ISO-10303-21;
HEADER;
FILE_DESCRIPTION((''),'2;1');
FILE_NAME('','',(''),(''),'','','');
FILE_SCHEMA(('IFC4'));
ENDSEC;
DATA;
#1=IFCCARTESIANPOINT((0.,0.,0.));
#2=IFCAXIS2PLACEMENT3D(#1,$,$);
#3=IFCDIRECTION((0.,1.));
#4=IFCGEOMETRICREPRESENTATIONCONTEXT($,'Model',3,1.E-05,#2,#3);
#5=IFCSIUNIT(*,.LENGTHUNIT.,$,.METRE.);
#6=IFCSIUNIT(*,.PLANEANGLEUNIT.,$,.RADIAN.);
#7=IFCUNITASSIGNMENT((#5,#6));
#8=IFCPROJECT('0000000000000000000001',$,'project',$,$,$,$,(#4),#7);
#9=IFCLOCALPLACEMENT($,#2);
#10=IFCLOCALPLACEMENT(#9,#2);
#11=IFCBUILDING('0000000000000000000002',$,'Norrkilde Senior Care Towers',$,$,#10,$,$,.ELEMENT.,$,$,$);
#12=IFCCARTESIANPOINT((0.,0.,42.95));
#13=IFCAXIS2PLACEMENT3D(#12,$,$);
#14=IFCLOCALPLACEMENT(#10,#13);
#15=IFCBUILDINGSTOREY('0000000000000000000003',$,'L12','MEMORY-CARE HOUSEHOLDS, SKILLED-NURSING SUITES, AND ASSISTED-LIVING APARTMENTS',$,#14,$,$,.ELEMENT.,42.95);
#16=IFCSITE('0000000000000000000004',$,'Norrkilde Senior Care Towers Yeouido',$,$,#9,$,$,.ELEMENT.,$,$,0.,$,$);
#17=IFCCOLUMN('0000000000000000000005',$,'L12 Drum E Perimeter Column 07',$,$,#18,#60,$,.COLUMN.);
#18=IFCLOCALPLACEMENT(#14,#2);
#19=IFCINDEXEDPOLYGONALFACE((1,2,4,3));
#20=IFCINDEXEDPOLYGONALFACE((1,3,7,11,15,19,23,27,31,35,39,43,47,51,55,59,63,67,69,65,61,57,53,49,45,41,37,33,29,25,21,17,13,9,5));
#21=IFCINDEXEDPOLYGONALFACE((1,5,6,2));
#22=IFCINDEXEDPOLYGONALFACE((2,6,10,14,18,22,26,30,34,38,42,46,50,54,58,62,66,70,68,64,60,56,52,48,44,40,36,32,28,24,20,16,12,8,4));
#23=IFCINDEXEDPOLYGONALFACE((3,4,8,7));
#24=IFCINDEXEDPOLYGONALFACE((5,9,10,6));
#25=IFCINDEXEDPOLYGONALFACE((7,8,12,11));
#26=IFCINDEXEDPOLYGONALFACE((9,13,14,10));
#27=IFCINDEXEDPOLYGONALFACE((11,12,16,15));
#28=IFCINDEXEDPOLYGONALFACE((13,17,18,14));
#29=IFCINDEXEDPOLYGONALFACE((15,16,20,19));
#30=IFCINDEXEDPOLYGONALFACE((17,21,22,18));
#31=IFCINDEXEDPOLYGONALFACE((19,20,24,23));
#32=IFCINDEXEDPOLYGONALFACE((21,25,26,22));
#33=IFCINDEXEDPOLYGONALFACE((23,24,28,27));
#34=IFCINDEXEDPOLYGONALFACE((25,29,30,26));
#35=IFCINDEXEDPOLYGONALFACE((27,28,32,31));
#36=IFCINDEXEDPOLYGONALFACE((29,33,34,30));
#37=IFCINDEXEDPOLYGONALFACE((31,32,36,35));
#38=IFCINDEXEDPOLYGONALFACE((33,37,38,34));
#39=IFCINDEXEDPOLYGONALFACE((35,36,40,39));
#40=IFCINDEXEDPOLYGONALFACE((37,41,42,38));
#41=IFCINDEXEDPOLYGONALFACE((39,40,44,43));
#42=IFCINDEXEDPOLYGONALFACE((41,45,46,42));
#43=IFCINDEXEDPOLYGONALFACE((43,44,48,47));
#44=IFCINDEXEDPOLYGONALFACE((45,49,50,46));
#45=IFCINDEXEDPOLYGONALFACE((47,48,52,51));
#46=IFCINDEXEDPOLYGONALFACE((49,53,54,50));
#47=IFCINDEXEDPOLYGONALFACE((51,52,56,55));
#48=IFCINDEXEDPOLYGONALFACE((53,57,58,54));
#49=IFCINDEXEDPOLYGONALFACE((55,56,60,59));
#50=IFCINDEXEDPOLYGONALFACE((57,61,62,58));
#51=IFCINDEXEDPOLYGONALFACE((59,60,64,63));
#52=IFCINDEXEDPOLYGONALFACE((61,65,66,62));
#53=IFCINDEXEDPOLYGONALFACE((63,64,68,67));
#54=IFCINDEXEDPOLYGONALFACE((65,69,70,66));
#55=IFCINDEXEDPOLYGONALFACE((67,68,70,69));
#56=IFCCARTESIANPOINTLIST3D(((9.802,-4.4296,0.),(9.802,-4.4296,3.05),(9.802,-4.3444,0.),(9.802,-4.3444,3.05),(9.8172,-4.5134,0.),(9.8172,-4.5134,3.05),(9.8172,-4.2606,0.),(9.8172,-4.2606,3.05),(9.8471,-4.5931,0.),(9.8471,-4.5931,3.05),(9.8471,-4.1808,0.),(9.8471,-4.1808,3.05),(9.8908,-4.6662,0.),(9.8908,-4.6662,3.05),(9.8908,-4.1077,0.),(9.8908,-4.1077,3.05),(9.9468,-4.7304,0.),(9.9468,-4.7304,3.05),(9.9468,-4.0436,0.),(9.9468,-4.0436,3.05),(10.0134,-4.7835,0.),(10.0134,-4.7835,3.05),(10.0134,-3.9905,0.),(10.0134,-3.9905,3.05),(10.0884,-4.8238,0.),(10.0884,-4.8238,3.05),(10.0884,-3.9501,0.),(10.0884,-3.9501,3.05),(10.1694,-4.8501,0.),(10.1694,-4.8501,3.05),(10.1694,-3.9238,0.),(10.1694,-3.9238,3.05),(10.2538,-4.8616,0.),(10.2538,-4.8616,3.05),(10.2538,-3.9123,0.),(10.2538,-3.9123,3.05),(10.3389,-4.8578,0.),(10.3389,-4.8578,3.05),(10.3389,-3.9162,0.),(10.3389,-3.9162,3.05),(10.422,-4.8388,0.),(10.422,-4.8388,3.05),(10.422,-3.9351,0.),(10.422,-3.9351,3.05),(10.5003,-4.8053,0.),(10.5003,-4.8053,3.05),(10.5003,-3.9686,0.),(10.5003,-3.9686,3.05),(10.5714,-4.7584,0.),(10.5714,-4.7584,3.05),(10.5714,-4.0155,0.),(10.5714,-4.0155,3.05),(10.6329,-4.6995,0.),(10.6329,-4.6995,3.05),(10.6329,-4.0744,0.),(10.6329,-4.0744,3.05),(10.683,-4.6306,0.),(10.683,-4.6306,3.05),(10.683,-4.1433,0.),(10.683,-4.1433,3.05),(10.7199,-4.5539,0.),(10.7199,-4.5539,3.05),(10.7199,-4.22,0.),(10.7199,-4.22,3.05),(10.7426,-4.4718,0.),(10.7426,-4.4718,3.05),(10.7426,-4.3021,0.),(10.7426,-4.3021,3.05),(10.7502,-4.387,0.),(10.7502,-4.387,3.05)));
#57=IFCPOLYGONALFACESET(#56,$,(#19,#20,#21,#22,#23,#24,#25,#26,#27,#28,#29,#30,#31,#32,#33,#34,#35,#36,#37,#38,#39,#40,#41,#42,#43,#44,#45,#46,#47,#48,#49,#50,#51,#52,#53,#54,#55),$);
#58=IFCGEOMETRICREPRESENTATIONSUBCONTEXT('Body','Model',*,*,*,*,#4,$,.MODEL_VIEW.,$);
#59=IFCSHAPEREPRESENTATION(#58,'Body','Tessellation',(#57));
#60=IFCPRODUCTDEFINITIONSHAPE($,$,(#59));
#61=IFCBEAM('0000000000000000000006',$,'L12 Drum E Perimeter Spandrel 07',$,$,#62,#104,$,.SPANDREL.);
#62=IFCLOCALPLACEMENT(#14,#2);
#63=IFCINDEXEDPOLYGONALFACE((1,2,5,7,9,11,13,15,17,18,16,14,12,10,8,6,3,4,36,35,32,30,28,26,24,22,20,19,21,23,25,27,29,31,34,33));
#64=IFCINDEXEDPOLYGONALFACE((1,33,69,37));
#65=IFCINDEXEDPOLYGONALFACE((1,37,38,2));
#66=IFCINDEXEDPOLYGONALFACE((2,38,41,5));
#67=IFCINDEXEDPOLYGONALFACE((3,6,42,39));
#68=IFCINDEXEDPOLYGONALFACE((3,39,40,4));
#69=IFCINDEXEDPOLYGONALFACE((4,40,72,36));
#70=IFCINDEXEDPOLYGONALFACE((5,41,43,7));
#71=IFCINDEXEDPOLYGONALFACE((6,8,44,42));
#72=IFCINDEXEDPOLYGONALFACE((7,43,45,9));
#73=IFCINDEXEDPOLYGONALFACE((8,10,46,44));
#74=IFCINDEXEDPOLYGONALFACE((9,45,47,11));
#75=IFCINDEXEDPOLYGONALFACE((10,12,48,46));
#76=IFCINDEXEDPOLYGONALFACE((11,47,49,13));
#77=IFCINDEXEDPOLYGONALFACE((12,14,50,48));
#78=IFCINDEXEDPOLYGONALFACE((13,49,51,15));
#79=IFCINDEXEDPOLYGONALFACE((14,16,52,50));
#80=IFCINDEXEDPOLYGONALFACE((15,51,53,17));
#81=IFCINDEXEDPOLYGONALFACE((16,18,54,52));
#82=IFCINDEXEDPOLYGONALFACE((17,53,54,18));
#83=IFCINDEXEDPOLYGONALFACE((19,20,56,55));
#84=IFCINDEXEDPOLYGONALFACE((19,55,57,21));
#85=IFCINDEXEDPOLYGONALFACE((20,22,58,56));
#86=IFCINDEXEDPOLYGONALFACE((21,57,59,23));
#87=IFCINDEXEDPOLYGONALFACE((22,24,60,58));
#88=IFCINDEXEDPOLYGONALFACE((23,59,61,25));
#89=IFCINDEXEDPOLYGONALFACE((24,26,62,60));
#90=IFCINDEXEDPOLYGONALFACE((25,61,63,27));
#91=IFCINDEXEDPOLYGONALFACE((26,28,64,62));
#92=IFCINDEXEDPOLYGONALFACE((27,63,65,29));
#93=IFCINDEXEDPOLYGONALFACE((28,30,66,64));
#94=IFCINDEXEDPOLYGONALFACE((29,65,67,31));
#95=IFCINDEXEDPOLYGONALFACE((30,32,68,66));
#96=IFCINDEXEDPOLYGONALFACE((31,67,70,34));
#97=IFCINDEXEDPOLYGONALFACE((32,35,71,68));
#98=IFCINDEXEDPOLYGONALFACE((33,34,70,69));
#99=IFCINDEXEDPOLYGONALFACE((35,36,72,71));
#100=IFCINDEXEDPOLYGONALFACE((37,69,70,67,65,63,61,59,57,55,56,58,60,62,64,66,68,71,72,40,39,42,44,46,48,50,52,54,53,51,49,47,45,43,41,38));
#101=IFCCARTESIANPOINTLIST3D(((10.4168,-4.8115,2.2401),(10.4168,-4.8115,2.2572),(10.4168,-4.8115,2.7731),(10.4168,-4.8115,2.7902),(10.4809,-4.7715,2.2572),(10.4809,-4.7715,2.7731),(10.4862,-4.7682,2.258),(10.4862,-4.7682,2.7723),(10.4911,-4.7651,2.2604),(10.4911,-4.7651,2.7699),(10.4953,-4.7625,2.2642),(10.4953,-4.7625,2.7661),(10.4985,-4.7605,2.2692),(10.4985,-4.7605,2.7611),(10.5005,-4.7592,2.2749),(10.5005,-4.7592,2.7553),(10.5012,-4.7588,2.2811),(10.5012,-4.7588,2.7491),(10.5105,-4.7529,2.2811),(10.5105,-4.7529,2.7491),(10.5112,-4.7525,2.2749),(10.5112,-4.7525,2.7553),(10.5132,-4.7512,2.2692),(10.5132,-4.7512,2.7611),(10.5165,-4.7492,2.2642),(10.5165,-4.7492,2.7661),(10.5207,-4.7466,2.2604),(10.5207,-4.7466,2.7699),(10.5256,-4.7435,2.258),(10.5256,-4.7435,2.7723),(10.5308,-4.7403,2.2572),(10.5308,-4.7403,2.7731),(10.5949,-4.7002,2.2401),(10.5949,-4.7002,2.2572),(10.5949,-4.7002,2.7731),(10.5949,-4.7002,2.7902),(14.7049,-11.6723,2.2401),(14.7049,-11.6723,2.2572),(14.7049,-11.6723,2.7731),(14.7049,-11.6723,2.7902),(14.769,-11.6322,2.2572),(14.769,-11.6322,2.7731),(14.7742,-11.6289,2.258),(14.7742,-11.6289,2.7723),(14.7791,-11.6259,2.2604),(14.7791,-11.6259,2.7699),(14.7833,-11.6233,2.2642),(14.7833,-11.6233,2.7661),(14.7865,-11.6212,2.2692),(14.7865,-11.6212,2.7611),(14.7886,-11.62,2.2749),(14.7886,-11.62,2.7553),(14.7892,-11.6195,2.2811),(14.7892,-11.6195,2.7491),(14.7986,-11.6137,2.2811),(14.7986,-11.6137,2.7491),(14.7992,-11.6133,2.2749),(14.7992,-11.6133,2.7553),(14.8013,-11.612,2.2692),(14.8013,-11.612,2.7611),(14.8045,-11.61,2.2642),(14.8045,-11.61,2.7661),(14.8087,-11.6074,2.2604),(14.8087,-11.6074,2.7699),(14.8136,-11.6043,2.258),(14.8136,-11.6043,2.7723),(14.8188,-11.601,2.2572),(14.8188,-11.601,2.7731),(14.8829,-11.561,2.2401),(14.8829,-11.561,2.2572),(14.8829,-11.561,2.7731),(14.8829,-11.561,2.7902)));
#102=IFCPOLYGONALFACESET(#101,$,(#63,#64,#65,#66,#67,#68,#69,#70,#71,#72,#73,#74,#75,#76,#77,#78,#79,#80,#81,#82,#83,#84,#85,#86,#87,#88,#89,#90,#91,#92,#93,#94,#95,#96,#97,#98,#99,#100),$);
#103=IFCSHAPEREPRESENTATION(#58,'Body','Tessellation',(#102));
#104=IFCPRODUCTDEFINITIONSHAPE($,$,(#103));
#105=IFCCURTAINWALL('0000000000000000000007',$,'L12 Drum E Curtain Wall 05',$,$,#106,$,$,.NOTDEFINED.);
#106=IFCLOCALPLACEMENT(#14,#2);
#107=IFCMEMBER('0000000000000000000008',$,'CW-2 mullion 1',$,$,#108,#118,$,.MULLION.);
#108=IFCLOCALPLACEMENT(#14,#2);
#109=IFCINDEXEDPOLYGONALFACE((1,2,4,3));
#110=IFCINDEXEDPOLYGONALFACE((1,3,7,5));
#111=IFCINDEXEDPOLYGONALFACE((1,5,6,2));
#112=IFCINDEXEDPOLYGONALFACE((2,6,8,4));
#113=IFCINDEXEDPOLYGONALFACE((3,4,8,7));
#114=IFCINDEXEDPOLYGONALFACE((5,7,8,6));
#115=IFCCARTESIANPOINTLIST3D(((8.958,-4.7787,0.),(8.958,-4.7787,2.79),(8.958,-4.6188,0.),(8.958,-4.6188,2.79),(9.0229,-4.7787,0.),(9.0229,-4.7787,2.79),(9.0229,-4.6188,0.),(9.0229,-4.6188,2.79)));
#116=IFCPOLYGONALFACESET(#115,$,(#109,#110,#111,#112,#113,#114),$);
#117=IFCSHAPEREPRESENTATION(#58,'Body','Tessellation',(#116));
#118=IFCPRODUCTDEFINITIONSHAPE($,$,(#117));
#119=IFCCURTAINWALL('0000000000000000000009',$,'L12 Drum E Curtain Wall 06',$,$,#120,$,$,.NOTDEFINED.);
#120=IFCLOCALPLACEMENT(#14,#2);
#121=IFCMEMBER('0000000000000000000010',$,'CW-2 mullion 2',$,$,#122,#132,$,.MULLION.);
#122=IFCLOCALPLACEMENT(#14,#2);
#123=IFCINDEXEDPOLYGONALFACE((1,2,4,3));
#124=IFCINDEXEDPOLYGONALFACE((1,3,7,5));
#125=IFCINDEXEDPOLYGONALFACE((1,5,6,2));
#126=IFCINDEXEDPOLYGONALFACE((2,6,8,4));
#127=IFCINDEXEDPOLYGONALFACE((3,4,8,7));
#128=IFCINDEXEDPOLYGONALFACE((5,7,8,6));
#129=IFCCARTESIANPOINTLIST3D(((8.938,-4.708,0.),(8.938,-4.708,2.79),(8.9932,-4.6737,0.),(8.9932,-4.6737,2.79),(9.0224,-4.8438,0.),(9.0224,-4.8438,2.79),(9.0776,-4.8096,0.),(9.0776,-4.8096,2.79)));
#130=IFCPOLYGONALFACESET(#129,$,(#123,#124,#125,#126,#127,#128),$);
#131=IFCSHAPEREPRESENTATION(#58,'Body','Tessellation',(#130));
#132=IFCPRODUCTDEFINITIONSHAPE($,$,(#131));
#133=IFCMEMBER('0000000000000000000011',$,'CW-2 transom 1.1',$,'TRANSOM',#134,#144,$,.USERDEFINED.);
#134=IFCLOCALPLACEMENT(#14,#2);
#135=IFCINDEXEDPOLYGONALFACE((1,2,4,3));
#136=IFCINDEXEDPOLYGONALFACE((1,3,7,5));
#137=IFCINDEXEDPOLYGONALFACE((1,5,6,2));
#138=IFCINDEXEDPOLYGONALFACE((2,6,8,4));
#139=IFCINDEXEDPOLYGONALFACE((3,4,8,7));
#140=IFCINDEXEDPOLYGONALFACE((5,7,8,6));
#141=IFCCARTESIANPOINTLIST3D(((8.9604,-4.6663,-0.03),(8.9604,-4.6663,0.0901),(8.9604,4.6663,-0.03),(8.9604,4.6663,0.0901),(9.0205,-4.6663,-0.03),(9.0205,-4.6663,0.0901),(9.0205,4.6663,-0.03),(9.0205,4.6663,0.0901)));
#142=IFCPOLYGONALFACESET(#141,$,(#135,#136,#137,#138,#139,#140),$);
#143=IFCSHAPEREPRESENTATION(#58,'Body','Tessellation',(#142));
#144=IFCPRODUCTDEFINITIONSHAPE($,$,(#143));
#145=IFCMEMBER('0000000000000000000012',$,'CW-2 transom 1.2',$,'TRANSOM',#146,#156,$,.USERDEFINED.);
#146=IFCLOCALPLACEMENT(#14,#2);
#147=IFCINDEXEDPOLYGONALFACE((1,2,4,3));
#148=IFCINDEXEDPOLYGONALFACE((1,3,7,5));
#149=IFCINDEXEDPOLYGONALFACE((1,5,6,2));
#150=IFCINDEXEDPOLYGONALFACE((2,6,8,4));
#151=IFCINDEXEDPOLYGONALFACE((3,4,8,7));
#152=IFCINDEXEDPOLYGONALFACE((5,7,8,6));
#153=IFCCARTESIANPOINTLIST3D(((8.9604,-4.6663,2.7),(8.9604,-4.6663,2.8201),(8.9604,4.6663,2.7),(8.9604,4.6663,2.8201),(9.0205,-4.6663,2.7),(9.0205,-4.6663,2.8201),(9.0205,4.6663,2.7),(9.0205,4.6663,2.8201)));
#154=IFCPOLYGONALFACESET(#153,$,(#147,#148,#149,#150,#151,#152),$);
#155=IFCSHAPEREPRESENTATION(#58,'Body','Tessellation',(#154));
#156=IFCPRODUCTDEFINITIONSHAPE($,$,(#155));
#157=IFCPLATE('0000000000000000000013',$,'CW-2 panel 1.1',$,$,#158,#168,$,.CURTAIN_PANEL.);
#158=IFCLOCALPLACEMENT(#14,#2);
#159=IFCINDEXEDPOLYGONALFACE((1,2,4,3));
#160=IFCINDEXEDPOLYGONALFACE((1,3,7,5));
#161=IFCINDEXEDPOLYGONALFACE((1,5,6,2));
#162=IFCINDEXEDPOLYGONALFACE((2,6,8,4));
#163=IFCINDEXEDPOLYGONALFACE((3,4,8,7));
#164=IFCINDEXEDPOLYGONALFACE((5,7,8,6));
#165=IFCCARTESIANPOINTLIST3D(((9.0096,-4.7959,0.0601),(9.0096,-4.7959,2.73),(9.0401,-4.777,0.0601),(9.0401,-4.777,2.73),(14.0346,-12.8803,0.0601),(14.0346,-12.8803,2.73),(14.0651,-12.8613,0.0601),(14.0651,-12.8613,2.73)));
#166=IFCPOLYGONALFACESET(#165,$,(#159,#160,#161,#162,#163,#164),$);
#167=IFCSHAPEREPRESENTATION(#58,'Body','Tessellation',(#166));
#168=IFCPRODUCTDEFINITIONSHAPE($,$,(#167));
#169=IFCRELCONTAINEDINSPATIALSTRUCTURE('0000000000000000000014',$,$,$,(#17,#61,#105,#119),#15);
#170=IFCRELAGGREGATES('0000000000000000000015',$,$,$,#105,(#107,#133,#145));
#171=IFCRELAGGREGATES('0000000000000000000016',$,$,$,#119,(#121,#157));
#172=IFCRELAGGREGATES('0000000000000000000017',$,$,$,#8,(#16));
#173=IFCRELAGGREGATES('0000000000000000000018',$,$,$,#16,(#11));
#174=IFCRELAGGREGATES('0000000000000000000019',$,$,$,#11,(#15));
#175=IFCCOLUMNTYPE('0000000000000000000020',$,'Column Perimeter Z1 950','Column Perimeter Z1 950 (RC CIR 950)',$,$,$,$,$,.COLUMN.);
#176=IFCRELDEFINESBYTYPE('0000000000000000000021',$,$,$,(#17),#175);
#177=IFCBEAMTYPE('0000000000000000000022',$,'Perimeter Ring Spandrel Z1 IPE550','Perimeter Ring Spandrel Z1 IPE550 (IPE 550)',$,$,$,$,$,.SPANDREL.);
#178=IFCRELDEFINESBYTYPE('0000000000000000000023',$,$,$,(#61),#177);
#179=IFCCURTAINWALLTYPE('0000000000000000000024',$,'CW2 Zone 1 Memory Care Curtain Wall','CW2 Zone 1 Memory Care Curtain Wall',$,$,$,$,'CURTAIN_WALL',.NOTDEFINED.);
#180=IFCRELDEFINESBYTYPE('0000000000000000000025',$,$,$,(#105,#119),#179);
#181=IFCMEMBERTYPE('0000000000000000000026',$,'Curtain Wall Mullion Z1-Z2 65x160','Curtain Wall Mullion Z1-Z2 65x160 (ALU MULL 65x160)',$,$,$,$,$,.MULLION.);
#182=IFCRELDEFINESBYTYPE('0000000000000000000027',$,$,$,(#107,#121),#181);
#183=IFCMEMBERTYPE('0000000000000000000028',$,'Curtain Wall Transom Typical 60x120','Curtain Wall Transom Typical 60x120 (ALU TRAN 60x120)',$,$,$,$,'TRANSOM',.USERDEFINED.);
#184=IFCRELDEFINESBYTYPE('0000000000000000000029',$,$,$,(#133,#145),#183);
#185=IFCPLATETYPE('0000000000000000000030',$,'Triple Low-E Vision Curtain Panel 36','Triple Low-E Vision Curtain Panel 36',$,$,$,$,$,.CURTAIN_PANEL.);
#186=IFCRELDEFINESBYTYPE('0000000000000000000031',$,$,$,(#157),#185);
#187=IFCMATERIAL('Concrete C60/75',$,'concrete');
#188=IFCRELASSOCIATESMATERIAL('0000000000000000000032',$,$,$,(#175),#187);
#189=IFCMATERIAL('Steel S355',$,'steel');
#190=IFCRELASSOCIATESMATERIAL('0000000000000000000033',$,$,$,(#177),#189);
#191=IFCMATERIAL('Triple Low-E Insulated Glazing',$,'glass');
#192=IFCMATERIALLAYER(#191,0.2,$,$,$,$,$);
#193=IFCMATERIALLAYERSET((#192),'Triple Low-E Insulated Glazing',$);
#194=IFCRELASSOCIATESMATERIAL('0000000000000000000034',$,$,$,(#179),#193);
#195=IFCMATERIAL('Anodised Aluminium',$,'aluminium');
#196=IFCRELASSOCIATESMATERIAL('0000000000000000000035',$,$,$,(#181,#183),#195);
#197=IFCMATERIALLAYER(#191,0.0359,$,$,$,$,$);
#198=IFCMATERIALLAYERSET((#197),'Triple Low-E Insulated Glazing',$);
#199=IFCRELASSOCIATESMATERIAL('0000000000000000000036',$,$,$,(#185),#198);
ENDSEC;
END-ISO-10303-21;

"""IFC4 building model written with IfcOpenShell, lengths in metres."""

from ifc_helpers import new_model, si_unit, direction, frame, origin, origin_2d, place, context, subcontext, project, spatial, rectangle, circle, i_section, extrude, source, transform, mapped, material, layer, layer_set, material_profile, profile_set, type_object, type_shapes, element, aggregate, save


model = new_model("IFC4")

# Units and contexts
model_context = context("Model", 3, precision=1e-05, world=origin(), true_north=direction((0.0, 1.0)))
body_context = subcontext(model_context, "Body", "Model", "MODEL_VIEW")
ifc_project = project(units=[si_unit("LENGTHUNIT", "METRE"), si_unit("PLANEANGLEUNIT", "RADIAN")], contexts=[model_context])

# Site, building, storey
site_placement = place(None, origin())
site = spatial("IfcSite", under=ifc_project, at=site_placement, Name="Norrkilde Senior Care Towers Yeouido", CompositionType="ELEMENT", RefElevation=0.0)
building_placement = place(site_placement, origin())
building = spatial("IfcBuilding", under=site, at=building_placement, Name="Norrkilde Senior Care Towers", CompositionType="ELEMENT")
storey_placement = place(building_placement, frame((0.0, 0.0, 42.95)))
storey = spatial("IfcBuildingStorey", under=building, at=storey_placement, Name="L12", Description="MEMORY-CARE HOUSEHOLDS, SKILLED-NURSING SUITES, AND ASSISTED-LIVING APARTMENTS", CompositionType="ELEMENT", Elevation=42.95)

# Column
ifc_material_1 = material(Name="Concrete C60/75", Category="concrete")
ifc_material_profile_1 = material_profile(ifc_material_1, circle(Radius=0.4751, at=origin_2d()), Name="RC CIR 950")
ifc_profile_set_1 = profile_set([ifc_material_profile_1], Name="Concrete C60/75")
column_type = type_object("IfcColumnType", Name="Column Perimeter Z1 950", Description="Column Perimeter Z1 950 (RC CIR 950)", PredefinedType="COLUMN", material=ifc_profile_set_1)
shared_shape_1 = source(origin(), body_context, "Body", "SweptSolid", [
    extrude(circle(Radius=0.4751, at=origin_2d()), origin(), (0.0, 0.0, 1.0), 3.05),
])
type_shapes(column_type, [shared_shape_1])
column_placement = place(storey_placement, frame((10.2751, -4.387, 0.0), z_axis=(0.0, 0.0, 1.0), x_axis=(1.0, 0.0, 0.0)))
element("IfcColumn", 1, at=column_placement, inside=storey, type_object=column_type, Name="L12 Drum E Perimeter Column 07", PredefinedType="COLUMN", context=body_context, shape_type="MappedRepresentation", body=[
    mapped(shared_shape_1, transform((0.0, 0.0, 0.0), x_axis=(1.0, 0.0, 0.0), y_axis=(0.0, 1.0, 0.0), z_axis=(0.0, 0.0, 1.0), scale=1.0)),
])

# Beam
ifc_material_2 = material(Name="Steel S355", Category="steel")
ifc_material_profile_2 = material_profile(ifc_material_2, i_section(OverallWidth=0.21, OverallDepth=0.55, WebThickness=0.011, FlangeThickness=0.0171, FilletRadius=0.0239, at=origin_2d()), Name="IPE 550")
ifc_profile_set_2 = profile_set([ifc_material_profile_2], Name="Steel S355")
beam_type = type_object("IfcBeamType", Name="Perimeter Ring Spandrel Z1 IPE550", Description="Perimeter Ring Spandrel Z1 IPE550 (IPE 550)", PredefinedType="SPANDREL", material=ifc_profile_set_2)
shared_shape_2 = source(origin(), body_context, "Body", "SweptSolid", [
    extrude(i_section(OverallWidth=0.21, OverallDepth=0.55, WebThickness=0.011, FlangeThickness=0.0171, FilletRadius=0.0239, at=origin_2d()), origin(), (0.0, 0.0, 1.0), 8.0906),
])
type_shapes(beam_type, [shared_shape_2])
beam_placement = place(storey_placement, frame((10.5059, -4.7559, 2.5151), z_axis=(0.530004, -0.847995, 0.0), x_axis=(0.847995, 0.530004, 0.0)))
element("IfcBeam", 2, at=beam_placement, inside=storey, type_object=beam_type, Name="L12 Drum E Perimeter Spandrel 07", PredefinedType="SPANDREL", context=body_context, shape_type="MappedRepresentation", body=[
    mapped(shared_shape_2, transform((0.0, 0.0, 0.0), x_axis=(1.0, 0.0, 0.0), y_axis=(0.0, 1.0, 0.0), z_axis=(0.0, 0.0, 1.0), scale=1.0)),
])

# Curtain walls, members
ifc_material_3 = material(Name="Triple Low-E Insulated Glazing", Category="glass")
ifc_layer_1 = layer(ifc_material_3, 0.2)
ifc_layer_set_1 = layer_set([ifc_layer_1], Name="Triple Low-E Insulated Glazing")
curtain_wall_type = type_object("IfcCurtainWallType", Name="CW2 Zone 1 Memory Care Curtain Wall", Description="CW2 Zone 1 Memory Care Curtain Wall", ElementType="CURTAIN_WALL", PredefinedType="NOTDEFINED", material=ifc_layer_set_1)
curtain_wall_1_placement = place(storey_placement, origin())
curtain_wall_1 = element("IfcCurtainWall", 3, at=curtain_wall_1_placement, inside=storey, type_object=curtain_wall_type, Name="L12 Drum E Curtain Wall 05", PredefinedType="NOTDEFINED")
ifc_material_4 = material(Name="Anodised Aluminium", Category="aluminium")
ifc_material_profile_3 = material_profile(ifc_material_4, rectangle(XDim=0.0649, YDim=0.1599, at=origin_2d()), Name="ALU MULL 65x160")
ifc_profile_set_3 = profile_set([ifc_material_profile_3], Name="Anodised Aluminium")
member_type_1 = type_object("IfcMemberType", Name="Curtain Wall Mullion Z1-Z2 65x160", Description="Curtain Wall Mullion Z1-Z2 65x160 (ALU MULL 65x160)", PredefinedType="MULLION", material=ifc_profile_set_3)
shared_shape_3 = source(origin(), body_context, "Body", "SweptSolid", [
    extrude(rectangle(XDim=0.0649, YDim=0.1599, at=origin_2d()), origin(), (0.0, 0.0, 1.0), 2.79),
])
type_shapes(member_type_1, [shared_shape_3])
member_1_placement = place(storey_placement, frame((8.9905, -4.6987, 0.0), z_axis=(0.0, 0.0, 1.0), x_axis=(-1.0, 0.0, 0.0)))
member_1 = element("IfcMember", 4, at=member_1_placement, type_object=member_type_1, Name="CW-2 mullion 1", PredefinedType="MULLION", context=body_context, shape_type="MappedRepresentation", body=[
    mapped(shared_shape_3, transform((0.0, 0.0, 0.0), x_axis=(1.0, 0.0, 0.0), y_axis=(0.0, 1.0, 0.0), z_axis=(0.0, 0.0, 1.0), scale=1.0)),
])
curtain_wall_2_placement = place(storey_placement, origin())
curtain_wall_2 = element("IfcCurtainWall", 5, at=curtain_wall_2_placement, inside=storey, type_object=curtain_wall_type, Name="L12 Drum E Curtain Wall 06", PredefinedType="NOTDEFINED")
member_2_placement = place(storey_placement, frame((9.0078, -4.7588, 0.0), z_axis=(0.0, 0.0, 1.0), x_axis=(-0.849306, -0.527901, 0.0)))
member_2 = element("IfcMember", 6, at=member_2_placement, type_object=member_type_1, Name="CW-2 mullion 2", PredefinedType="MULLION", context=body_context, shape_type="MappedRepresentation", body=[
    mapped(shared_shape_3, transform((0.0, 0.0, 0.0), x_axis=(1.0, 0.0, 0.0), y_axis=(0.0, 1.0, 0.0), z_axis=(0.0, 0.0, 1.0), scale=1.0)),
])

# Members
ifc_material_profile_4 = material_profile(ifc_material_4, rectangle(XDim=0.0601, YDim=0.1201, at=origin_2d()), Name="ALU TRAN 60x120")
ifc_profile_set_4 = profile_set([ifc_material_profile_4], Name="Anodised Aluminium")
member_type_2 = type_object("IfcMemberType", Name="Curtain Wall Transom Typical 60x120", Description="Curtain Wall Transom Typical 60x120 (ALU TRAN 60x120)", ElementType="TRANSOM", PredefinedType="USERDEFINED", material=ifc_profile_set_4)
shared_shape_4 = source(origin(), body_context, "Body", "SweptSolid", [
    extrude(rectangle(XDim=0.0601, YDim=0.1201, at=origin_2d()), origin(), (0.0, 0.0, 1.0), 9.3325),
])
type_shapes(member_type_2, [shared_shape_4])
member_3_placement = place(storey_placement, frame((8.9905, -4.6663, 0.03), z_axis=(0.0, 1.0, 0.0), x_axis=(-1.0, 0.0, 0.0)))
member_3 = element("IfcMember", 7, at=member_3_placement, type_object=member_type_2, Name="CW-2 transom 1.1", ObjectType="TRANSOM", PredefinedType="USERDEFINED", context=body_context, shape_type="MappedRepresentation", body=[
    mapped(shared_shape_4, transform((0.0, 0.0, 0.0), x_axis=(1.0, 0.0, 0.0), y_axis=(0.0, 1.0, 0.0), z_axis=(0.0, 0.0, 1.0), scale=1.0)),
])
member_4_placement = place(storey_placement, frame((8.9905, -4.6663, 2.76), z_axis=(0.0, 1.0, 0.0), x_axis=(-1.0, 0.0, 0.0)))
member_4 = element("IfcMember", 8, at=member_4_placement, type_object=member_type_2, Name="CW-2 transom 1.2", ObjectType="TRANSOM", PredefinedType="USERDEFINED", context=body_context, shape_type="MappedRepresentation", body=[
    mapped(shared_shape_4, transform((0.0, 0.0, 0.0), x_axis=(1.0, 0.0, 0.0), y_axis=(0.0, 1.0, 0.0), z_axis=(0.0, 0.0, 1.0), scale=1.0)),
])
aggregate(curtain_wall_1, [member_1, member_3, member_4])

# Plate
ifc_layer_2 = layer(ifc_material_3, 0.0359)
ifc_layer_set_2 = layer_set([ifc_layer_2], Name="Triple Low-E Insulated Glazing")
plate_type = type_object("IfcPlateType", Name="Triple Low-E Vision Curtain Panel 36", Description="Triple Low-E Vision Curtain Panel 36", PredefinedType="CURTAIN_PANEL", material=ifc_layer_set_2)
shared_shape_5 = source(origin(), body_context, "Body", "SweptSolid", [
    extrude(rectangle(XDim=9.5188, YDim=0.0359, at=origin_2d()), origin(), (0.0, 0.0, 1.0), 2.6699),
])
type_shapes(plate_type, [shared_shape_5])
plate_placement = place(storey_placement, frame((11.5374, -8.8286, 0.0601), z_axis=(0.0, 0.0, 1.0), x_axis=(-0.527901, 0.849306, 0.0)))
plate = element("IfcPlate", 9, at=plate_placement, type_object=plate_type, Name="CW-2 panel 1.1", PredefinedType="CURTAIN_PANEL", context=body_context, shape_type="MappedRepresentation", body=[
    mapped(shared_shape_5, transform((0.0, 0.0, 0.0), x_axis=(1.0, 0.0, 0.0), y_axis=(0.0, 1.0, 0.0), z_axis=(0.0, 0.0, 1.0), scale=1.0)),
])
aggregate(curtain_wall_2, [member_2, plate])

save(model, "model.ifc")
